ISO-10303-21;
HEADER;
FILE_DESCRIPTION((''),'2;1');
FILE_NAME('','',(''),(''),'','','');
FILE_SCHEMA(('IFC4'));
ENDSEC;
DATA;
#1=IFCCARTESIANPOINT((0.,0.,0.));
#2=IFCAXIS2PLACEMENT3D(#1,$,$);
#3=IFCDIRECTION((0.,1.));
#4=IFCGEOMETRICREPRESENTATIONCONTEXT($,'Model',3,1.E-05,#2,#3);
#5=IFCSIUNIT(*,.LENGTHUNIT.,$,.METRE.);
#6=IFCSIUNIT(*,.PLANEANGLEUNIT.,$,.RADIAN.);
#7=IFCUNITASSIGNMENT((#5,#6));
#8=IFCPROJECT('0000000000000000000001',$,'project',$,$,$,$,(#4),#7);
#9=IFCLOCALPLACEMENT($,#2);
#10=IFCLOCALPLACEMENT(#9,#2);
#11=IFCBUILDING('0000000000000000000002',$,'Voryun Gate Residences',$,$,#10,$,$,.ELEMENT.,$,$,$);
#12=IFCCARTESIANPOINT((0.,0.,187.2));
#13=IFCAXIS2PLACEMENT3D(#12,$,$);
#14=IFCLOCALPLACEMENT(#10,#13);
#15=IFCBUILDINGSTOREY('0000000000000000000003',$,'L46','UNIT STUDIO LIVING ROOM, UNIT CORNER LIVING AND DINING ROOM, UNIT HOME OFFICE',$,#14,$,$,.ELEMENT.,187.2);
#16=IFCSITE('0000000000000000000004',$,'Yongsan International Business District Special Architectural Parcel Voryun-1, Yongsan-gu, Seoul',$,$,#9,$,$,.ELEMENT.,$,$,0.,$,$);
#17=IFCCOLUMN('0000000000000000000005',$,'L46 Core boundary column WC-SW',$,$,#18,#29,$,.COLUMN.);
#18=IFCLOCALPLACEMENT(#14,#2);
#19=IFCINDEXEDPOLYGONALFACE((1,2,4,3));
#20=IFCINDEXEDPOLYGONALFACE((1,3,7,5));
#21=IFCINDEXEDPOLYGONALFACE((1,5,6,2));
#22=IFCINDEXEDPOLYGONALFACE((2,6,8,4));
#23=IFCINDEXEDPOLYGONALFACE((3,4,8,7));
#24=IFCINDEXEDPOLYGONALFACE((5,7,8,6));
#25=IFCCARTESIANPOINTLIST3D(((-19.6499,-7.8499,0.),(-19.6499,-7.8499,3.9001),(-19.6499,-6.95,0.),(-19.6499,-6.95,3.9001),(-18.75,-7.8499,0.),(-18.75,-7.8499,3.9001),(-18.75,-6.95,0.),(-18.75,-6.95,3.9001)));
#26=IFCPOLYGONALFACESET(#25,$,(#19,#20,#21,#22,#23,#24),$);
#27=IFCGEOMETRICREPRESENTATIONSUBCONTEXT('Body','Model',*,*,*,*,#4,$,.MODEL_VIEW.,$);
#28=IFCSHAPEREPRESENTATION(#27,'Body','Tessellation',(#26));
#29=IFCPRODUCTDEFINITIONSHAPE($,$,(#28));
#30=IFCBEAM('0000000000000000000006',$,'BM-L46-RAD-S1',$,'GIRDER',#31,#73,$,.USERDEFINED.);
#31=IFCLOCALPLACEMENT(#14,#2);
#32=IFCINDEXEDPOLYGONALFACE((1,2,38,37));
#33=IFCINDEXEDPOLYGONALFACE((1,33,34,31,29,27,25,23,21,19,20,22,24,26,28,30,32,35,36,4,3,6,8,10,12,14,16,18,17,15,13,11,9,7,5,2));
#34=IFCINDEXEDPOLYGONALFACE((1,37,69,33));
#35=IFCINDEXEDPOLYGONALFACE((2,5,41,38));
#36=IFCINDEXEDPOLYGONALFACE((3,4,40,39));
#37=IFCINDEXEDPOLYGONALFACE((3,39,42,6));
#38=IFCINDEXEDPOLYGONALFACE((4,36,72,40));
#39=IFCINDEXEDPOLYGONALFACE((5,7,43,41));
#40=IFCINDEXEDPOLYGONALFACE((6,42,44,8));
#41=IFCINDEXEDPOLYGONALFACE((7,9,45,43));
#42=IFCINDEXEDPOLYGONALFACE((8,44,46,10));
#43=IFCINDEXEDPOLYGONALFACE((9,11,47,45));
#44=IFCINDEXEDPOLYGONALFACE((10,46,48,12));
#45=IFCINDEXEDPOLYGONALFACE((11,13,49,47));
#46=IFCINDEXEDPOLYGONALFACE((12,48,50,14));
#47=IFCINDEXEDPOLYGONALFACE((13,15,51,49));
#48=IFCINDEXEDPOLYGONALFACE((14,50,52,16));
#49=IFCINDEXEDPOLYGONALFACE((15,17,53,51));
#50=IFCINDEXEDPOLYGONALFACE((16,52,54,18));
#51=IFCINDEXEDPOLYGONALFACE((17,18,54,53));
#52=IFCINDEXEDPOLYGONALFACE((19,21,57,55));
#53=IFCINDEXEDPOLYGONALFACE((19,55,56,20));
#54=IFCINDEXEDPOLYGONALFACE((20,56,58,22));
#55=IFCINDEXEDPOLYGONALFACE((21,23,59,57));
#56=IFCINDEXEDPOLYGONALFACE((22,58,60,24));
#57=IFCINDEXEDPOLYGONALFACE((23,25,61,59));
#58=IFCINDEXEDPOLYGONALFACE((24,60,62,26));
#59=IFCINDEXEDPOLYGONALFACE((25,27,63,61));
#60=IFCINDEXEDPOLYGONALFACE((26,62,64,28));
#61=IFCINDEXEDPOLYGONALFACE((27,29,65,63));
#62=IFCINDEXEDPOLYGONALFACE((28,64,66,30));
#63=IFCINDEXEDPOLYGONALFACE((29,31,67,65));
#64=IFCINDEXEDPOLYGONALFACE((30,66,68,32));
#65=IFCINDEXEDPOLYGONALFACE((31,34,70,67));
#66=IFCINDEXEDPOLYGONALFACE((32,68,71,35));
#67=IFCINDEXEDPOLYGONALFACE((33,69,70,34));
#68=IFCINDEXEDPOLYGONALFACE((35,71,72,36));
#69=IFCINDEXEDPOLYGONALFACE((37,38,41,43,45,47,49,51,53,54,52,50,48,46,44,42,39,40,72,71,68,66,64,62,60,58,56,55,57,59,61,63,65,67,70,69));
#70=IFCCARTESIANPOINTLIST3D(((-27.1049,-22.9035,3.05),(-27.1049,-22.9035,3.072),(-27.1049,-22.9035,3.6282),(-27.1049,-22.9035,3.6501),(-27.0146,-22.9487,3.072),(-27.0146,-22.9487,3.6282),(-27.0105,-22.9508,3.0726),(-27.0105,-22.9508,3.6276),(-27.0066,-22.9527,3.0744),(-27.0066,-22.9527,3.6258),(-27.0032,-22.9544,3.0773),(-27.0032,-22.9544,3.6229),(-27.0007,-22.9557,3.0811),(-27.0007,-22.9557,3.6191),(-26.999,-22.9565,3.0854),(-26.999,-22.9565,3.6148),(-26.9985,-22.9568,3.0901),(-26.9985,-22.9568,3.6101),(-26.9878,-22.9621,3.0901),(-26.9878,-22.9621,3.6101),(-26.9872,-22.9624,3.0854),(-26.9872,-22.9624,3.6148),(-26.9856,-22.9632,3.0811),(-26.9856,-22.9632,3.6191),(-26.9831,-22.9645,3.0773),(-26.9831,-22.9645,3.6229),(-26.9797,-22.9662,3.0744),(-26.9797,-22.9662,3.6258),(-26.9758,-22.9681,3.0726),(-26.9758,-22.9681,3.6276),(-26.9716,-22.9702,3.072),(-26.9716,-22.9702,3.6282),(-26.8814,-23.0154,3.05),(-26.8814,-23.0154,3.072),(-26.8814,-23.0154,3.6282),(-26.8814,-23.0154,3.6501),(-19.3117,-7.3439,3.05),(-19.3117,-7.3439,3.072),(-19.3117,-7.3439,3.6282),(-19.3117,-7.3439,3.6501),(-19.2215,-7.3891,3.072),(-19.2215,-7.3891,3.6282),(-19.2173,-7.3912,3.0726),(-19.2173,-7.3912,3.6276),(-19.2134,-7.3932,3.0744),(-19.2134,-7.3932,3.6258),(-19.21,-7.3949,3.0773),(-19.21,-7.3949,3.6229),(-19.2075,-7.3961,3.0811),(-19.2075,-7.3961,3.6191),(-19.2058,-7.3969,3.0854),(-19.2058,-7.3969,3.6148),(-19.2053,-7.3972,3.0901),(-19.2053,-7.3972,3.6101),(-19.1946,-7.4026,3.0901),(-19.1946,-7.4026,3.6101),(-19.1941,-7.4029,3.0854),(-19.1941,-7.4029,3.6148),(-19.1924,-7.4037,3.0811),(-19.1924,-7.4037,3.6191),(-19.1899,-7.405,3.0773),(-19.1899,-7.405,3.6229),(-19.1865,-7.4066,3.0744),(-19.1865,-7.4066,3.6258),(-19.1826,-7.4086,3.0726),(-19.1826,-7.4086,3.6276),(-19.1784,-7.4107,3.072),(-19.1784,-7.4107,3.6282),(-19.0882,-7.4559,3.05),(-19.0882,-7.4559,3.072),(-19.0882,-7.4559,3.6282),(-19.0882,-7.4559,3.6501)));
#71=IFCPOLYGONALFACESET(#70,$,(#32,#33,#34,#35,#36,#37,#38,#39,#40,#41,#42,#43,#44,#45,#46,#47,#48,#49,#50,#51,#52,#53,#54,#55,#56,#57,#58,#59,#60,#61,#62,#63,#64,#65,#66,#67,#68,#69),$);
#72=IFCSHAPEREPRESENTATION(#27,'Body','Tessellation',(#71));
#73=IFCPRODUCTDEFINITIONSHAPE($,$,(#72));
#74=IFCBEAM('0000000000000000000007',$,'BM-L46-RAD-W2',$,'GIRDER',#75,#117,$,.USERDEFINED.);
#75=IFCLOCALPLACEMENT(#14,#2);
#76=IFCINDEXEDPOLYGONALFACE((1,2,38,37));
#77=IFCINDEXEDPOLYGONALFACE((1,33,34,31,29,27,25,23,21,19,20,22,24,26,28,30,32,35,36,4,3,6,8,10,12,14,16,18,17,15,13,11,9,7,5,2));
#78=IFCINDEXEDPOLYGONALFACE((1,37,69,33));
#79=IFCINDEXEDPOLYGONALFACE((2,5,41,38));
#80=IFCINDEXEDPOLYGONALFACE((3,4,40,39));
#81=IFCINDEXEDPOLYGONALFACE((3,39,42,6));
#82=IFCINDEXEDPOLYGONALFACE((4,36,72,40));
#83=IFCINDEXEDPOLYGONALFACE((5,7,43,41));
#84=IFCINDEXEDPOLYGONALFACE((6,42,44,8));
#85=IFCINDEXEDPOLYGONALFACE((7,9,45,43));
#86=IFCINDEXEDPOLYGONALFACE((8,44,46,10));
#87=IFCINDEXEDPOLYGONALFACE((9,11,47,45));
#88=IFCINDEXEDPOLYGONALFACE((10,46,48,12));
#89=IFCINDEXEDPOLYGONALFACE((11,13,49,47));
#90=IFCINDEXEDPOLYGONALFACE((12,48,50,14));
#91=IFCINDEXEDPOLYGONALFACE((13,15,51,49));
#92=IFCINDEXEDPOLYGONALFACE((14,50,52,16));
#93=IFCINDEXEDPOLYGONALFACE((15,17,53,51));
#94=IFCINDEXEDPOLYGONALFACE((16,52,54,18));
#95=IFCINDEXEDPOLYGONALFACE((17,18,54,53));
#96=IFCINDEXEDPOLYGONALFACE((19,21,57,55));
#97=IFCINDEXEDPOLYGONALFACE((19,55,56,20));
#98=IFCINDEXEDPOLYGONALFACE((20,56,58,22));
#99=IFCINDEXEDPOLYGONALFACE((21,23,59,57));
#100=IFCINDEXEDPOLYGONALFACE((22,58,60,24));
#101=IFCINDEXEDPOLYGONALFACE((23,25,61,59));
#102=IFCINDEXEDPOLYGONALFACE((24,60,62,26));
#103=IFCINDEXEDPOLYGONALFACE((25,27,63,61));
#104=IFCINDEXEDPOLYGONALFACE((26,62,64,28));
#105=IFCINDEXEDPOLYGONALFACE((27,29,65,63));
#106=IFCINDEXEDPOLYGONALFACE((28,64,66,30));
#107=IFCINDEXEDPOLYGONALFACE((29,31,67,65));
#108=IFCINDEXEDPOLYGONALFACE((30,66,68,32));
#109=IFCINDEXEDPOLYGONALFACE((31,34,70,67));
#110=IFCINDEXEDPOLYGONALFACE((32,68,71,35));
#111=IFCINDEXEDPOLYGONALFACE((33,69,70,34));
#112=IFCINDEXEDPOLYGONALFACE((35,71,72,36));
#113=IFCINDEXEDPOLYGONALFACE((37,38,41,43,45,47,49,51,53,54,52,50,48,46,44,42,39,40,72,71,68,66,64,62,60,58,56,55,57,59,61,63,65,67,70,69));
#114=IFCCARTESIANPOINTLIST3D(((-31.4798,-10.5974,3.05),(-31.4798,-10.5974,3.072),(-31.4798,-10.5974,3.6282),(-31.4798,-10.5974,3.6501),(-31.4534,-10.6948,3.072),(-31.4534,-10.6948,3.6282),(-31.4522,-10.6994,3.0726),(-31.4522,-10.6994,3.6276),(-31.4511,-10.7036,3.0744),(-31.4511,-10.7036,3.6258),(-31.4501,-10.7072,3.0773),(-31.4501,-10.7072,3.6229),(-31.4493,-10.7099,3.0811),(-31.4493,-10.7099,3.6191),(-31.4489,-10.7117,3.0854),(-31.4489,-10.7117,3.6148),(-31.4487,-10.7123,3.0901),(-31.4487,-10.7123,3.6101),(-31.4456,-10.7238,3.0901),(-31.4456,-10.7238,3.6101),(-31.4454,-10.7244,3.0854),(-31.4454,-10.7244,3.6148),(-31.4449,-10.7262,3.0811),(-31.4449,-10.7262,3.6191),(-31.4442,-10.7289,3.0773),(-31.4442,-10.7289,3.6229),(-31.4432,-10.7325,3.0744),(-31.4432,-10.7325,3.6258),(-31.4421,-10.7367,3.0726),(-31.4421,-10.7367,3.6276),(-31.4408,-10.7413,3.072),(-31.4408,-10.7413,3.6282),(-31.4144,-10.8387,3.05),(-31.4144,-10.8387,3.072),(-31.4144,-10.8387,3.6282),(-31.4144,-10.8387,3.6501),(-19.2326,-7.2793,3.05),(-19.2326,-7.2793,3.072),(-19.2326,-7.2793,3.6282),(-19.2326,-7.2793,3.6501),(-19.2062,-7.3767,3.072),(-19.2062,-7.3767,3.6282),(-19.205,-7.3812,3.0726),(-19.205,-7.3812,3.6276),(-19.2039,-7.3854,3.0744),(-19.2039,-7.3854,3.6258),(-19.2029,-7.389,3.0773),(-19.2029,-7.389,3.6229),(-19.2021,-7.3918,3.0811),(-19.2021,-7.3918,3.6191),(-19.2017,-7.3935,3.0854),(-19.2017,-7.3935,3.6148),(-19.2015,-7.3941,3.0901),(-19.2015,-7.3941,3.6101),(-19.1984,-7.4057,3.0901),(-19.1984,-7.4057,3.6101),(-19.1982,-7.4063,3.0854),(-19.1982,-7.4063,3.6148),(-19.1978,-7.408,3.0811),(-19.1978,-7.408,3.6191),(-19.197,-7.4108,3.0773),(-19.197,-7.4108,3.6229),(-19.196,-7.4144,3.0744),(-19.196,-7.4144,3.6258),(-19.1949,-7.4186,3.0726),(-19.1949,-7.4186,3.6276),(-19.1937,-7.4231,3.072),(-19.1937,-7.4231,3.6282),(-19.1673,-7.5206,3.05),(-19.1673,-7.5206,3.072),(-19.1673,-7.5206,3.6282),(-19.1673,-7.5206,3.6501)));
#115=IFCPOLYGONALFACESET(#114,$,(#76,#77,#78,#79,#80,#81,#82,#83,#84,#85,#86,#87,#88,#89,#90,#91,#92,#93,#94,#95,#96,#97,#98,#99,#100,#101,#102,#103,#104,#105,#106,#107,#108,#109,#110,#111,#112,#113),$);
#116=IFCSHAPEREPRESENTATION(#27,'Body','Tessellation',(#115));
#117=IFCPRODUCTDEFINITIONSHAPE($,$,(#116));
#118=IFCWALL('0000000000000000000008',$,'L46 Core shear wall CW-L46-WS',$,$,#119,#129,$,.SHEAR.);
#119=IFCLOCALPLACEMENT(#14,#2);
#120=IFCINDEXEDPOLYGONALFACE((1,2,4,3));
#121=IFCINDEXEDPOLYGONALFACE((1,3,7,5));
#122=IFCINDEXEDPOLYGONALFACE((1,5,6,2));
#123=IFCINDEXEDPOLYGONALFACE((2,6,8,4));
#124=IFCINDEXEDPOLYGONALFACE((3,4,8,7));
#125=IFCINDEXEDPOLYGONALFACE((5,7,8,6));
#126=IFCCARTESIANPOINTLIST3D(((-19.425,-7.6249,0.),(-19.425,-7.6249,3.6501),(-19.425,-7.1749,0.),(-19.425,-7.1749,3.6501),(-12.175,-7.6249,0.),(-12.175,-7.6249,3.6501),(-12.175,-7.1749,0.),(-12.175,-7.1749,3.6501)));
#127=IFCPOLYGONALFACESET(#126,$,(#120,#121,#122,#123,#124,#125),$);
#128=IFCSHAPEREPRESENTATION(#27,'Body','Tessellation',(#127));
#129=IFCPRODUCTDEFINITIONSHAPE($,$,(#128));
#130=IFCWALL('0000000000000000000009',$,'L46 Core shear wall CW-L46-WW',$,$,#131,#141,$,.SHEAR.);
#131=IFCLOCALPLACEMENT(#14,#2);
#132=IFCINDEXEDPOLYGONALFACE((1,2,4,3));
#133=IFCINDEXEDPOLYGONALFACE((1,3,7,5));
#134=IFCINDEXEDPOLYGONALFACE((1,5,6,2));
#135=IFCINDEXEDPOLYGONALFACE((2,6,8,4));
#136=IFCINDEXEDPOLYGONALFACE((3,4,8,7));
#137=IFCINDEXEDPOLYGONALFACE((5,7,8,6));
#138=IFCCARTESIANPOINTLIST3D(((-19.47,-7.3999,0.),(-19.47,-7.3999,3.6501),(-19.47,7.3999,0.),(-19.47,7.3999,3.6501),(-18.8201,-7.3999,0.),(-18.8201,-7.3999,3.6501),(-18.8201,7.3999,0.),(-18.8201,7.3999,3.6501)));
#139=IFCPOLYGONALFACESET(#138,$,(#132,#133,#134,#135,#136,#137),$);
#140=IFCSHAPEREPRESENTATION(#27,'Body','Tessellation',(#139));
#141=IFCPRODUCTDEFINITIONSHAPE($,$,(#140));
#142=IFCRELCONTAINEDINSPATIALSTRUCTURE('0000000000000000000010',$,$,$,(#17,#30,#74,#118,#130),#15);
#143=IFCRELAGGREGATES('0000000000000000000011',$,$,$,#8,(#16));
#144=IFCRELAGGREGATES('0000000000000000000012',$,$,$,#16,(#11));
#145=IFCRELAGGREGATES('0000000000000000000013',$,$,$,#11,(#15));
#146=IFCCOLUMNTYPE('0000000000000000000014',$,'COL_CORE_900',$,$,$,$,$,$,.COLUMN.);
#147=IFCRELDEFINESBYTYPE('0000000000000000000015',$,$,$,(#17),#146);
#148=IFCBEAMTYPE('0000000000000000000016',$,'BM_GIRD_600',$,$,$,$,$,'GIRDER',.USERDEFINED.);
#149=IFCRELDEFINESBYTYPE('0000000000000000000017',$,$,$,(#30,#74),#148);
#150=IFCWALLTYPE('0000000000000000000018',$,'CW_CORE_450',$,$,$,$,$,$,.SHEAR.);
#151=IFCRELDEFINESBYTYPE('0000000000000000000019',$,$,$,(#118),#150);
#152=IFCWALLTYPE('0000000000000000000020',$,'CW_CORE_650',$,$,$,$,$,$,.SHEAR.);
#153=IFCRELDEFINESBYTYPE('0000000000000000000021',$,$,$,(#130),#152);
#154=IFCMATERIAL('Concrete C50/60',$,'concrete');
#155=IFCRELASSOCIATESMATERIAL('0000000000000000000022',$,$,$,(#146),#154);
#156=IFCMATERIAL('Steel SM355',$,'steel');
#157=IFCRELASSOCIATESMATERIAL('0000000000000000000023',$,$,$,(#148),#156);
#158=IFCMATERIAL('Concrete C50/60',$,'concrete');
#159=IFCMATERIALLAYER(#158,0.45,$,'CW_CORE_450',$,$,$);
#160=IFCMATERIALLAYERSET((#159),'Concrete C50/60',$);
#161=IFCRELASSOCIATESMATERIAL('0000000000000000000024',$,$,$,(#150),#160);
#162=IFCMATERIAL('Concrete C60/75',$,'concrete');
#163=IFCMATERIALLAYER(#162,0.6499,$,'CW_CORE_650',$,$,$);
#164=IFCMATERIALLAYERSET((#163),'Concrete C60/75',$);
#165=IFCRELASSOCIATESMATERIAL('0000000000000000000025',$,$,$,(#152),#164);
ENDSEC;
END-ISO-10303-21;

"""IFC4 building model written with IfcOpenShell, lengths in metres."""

from ifc_helpers import new_model, si_unit, direction, frame, frame_2d, origin, origin_2d, place, context, subcontext, project, spatial, rectangle, i_section, extrude, material, layer, layer_set, material_profile, profile_set, type_object, element, save


model = new_model("IFC4")

# Units and contexts
model_context = context("Model", 3, precision=1e-05, world=origin(), true_north=direction((0.0, 1.0)))
body_context = subcontext(model_context, "Body", "Model", "MODEL_VIEW")
ifc_project = project(units=[si_unit("LENGTHUNIT", "METRE"), si_unit("PLANEANGLEUNIT", "RADIAN")], contexts=[model_context])

# Site, building, storey
site_placement = place(None, origin())
site = spatial("IfcSite", under=ifc_project, at=site_placement, Name="Yongsan International Business District Special Architectural Parcel Voryun-1, Yongsan-gu, Seoul", CompositionType="ELEMENT", RefElevation=0.0)
building_placement = place(site_placement, origin())
building = spatial("IfcBuilding", under=site, at=building_placement, Name="Voryun Gate Residences", CompositionType="ELEMENT")
storey_placement = place(building_placement, frame((0.0, 0.0, 187.2)))
storey = spatial("IfcBuildingStorey", under=building, at=storey_placement, Name="L46", Description="UNIT STUDIO LIVING ROOM, UNIT CORNER LIVING AND DINING ROOM, UNIT HOME OFFICE", CompositionType="ELEMENT", Elevation=187.2)

# Column
ifc_material_1 = material(Name="Concrete C50/60", Category="concrete")
ifc_material_profile_1 = material_profile(ifc_material_1, rectangle(XDim=0.8999, YDim=0.8999, at=origin_2d()), Name="RC-900x900")
ifc_profile_set_1 = profile_set([ifc_material_profile_1], Name="Concrete C50/60")
column_type = type_object("IfcColumnType", Name="COL_CORE_900", PredefinedType="COLUMN", material=ifc_profile_set_1)
column_placement = place(storey_placement, frame((-19.2, -7.3999, 0.0), z_axis=(0.0, 0.0, 1.0), x_axis=(1.0, 0.0, 0.0)))
element("IfcColumn", 1, at=column_placement, inside=storey, type_object=column_type, Name="L46 Core boundary column WC-SW", PredefinedType="COLUMN", context=body_context, shape_type="SweptSolid", body=[
    extrude(rectangle(XDim=0.8999, YDim=0.8999, at=origin_2d()), origin(), (0.0, 0.0, 1.0), 3.9001),
])

# Beams
ifc_material_2 = material(Name="Steel SM355", Category="steel")
ifc_material_profile_2 = material_profile(ifc_material_2, i_section(OverallWidth=0.25, OverallDepth=0.6001, WebThickness=0.012, FlangeThickness=0.022, FilletRadius=0.0181, at=origin_2d()), Name="H-600x250x12x22")
ifc_profile_set_2 = profile_set([ifc_material_profile_2], Name="Steel SM355")
beam_type = type_object("IfcBeamType", Name="BM_GIRD_600", ElementType="GIRDER", PredefinedType="USERDEFINED", material=ifc_profile_set_2)
beam_1_placement = place(storey_placement, frame((-19.2, -7.3999, 3.3501), z_axis=(-0.447831, -0.894118, 0.0), x_axis=(0.894118, -0.447831, 0.0)))
element("IfcBeam", 2, at=beam_1_placement, inside=storey, type_object=beam_type, Name="BM-L46-RAD-S1", ObjectType="GIRDER", PredefinedType="USERDEFINED", context=body_context, shape_type="SweptSolid", body=[
    extrude(i_section(OverallWidth=0.25, OverallDepth=0.6001, WebThickness=0.012, FlangeThickness=0.022, FilletRadius=0.0181, at=origin_2d()), origin(), (0.0, 0.0, 1.0), 17.4021),
])
beam_2_placement = place(storey_placement, frame((-19.2, -7.3999, 3.3501), z_axis=(-0.965202, -0.261504, 0.0), x_axis=(0.261504, -0.965202, 0.0)))
element("IfcBeam", 3, at=beam_2_placement, inside=storey, type_object=beam_type, Name="BM-L46-RAD-W2", ObjectType="GIRDER", PredefinedType="USERDEFINED", context=body_context, shape_type="SweptSolid", body=[
    extrude(i_section(OverallWidth=0.25, OverallDepth=0.6001, WebThickness=0.012, FlangeThickness=0.022, FilletRadius=0.0181, at=origin_2d()), origin(), (0.0, 0.0, 1.0), 12.6887),
])

# Walls
ifc_material_3 = material(Name="Concrete C50/60", Category="concrete")
ifc_layer_1 = layer(ifc_material_3, 0.45, Name="CW_CORE_450")
ifc_layer_set_1 = layer_set([ifc_layer_1], Name="Concrete C50/60")
wall_type_1 = type_object("IfcWallType", Name="CW_CORE_450", PredefinedType="SHEAR", material=ifc_layer_set_1)
wall_1_placement = place(storey_placement, frame((-19.425, -7.3999, 0.0), z_axis=(0.0, 0.0, 1.0), x_axis=(1.0, 0.0, 0.0)))
element("IfcWall", 4, at=wall_1_placement, inside=storey, type_object=wall_type_1, Name="L46 Core shear wall CW-L46-WS", PredefinedType="SHEAR", context=body_context, shape_type="SweptSolid", body=[
    extrude(rectangle(XDim=7.25, YDim=0.45, at=frame_2d((3.625, 0.0))), origin(), (0.0, 0.0, 1.0), 3.6501),
])
ifc_material_4 = material(Name="Concrete C60/75", Category="concrete")
ifc_layer_2 = layer(ifc_material_4, 0.6499, Name="CW_CORE_650")
ifc_layer_set_2 = layer_set([ifc_layer_2], Name="Concrete C60/75")
wall_type_2 = type_object("IfcWallType", Name="CW_CORE_650", PredefinedType="SHEAR", material=ifc_layer_set_2)
wall_2_placement = place(storey_placement, frame((-19.145, -7.3999, 0.0), z_axis=(0.0, 0.0, 1.0), x_axis=(0.0, 1.0, 0.0)))
element("IfcWall", 5, at=wall_2_placement, inside=storey, type_object=wall_type_2, Name="L46 Core shear wall CW-L46-WW", PredefinedType="SHEAR", context=body_context, shape_type="SweptSolid", body=[
    extrude(rectangle(XDim=14.7998, YDim=0.6499, at=frame_2d((7.3999, 0.0))), origin(), (0.0, 0.0, 1.0), 3.6501),
])

save(model, "model.ifc")
